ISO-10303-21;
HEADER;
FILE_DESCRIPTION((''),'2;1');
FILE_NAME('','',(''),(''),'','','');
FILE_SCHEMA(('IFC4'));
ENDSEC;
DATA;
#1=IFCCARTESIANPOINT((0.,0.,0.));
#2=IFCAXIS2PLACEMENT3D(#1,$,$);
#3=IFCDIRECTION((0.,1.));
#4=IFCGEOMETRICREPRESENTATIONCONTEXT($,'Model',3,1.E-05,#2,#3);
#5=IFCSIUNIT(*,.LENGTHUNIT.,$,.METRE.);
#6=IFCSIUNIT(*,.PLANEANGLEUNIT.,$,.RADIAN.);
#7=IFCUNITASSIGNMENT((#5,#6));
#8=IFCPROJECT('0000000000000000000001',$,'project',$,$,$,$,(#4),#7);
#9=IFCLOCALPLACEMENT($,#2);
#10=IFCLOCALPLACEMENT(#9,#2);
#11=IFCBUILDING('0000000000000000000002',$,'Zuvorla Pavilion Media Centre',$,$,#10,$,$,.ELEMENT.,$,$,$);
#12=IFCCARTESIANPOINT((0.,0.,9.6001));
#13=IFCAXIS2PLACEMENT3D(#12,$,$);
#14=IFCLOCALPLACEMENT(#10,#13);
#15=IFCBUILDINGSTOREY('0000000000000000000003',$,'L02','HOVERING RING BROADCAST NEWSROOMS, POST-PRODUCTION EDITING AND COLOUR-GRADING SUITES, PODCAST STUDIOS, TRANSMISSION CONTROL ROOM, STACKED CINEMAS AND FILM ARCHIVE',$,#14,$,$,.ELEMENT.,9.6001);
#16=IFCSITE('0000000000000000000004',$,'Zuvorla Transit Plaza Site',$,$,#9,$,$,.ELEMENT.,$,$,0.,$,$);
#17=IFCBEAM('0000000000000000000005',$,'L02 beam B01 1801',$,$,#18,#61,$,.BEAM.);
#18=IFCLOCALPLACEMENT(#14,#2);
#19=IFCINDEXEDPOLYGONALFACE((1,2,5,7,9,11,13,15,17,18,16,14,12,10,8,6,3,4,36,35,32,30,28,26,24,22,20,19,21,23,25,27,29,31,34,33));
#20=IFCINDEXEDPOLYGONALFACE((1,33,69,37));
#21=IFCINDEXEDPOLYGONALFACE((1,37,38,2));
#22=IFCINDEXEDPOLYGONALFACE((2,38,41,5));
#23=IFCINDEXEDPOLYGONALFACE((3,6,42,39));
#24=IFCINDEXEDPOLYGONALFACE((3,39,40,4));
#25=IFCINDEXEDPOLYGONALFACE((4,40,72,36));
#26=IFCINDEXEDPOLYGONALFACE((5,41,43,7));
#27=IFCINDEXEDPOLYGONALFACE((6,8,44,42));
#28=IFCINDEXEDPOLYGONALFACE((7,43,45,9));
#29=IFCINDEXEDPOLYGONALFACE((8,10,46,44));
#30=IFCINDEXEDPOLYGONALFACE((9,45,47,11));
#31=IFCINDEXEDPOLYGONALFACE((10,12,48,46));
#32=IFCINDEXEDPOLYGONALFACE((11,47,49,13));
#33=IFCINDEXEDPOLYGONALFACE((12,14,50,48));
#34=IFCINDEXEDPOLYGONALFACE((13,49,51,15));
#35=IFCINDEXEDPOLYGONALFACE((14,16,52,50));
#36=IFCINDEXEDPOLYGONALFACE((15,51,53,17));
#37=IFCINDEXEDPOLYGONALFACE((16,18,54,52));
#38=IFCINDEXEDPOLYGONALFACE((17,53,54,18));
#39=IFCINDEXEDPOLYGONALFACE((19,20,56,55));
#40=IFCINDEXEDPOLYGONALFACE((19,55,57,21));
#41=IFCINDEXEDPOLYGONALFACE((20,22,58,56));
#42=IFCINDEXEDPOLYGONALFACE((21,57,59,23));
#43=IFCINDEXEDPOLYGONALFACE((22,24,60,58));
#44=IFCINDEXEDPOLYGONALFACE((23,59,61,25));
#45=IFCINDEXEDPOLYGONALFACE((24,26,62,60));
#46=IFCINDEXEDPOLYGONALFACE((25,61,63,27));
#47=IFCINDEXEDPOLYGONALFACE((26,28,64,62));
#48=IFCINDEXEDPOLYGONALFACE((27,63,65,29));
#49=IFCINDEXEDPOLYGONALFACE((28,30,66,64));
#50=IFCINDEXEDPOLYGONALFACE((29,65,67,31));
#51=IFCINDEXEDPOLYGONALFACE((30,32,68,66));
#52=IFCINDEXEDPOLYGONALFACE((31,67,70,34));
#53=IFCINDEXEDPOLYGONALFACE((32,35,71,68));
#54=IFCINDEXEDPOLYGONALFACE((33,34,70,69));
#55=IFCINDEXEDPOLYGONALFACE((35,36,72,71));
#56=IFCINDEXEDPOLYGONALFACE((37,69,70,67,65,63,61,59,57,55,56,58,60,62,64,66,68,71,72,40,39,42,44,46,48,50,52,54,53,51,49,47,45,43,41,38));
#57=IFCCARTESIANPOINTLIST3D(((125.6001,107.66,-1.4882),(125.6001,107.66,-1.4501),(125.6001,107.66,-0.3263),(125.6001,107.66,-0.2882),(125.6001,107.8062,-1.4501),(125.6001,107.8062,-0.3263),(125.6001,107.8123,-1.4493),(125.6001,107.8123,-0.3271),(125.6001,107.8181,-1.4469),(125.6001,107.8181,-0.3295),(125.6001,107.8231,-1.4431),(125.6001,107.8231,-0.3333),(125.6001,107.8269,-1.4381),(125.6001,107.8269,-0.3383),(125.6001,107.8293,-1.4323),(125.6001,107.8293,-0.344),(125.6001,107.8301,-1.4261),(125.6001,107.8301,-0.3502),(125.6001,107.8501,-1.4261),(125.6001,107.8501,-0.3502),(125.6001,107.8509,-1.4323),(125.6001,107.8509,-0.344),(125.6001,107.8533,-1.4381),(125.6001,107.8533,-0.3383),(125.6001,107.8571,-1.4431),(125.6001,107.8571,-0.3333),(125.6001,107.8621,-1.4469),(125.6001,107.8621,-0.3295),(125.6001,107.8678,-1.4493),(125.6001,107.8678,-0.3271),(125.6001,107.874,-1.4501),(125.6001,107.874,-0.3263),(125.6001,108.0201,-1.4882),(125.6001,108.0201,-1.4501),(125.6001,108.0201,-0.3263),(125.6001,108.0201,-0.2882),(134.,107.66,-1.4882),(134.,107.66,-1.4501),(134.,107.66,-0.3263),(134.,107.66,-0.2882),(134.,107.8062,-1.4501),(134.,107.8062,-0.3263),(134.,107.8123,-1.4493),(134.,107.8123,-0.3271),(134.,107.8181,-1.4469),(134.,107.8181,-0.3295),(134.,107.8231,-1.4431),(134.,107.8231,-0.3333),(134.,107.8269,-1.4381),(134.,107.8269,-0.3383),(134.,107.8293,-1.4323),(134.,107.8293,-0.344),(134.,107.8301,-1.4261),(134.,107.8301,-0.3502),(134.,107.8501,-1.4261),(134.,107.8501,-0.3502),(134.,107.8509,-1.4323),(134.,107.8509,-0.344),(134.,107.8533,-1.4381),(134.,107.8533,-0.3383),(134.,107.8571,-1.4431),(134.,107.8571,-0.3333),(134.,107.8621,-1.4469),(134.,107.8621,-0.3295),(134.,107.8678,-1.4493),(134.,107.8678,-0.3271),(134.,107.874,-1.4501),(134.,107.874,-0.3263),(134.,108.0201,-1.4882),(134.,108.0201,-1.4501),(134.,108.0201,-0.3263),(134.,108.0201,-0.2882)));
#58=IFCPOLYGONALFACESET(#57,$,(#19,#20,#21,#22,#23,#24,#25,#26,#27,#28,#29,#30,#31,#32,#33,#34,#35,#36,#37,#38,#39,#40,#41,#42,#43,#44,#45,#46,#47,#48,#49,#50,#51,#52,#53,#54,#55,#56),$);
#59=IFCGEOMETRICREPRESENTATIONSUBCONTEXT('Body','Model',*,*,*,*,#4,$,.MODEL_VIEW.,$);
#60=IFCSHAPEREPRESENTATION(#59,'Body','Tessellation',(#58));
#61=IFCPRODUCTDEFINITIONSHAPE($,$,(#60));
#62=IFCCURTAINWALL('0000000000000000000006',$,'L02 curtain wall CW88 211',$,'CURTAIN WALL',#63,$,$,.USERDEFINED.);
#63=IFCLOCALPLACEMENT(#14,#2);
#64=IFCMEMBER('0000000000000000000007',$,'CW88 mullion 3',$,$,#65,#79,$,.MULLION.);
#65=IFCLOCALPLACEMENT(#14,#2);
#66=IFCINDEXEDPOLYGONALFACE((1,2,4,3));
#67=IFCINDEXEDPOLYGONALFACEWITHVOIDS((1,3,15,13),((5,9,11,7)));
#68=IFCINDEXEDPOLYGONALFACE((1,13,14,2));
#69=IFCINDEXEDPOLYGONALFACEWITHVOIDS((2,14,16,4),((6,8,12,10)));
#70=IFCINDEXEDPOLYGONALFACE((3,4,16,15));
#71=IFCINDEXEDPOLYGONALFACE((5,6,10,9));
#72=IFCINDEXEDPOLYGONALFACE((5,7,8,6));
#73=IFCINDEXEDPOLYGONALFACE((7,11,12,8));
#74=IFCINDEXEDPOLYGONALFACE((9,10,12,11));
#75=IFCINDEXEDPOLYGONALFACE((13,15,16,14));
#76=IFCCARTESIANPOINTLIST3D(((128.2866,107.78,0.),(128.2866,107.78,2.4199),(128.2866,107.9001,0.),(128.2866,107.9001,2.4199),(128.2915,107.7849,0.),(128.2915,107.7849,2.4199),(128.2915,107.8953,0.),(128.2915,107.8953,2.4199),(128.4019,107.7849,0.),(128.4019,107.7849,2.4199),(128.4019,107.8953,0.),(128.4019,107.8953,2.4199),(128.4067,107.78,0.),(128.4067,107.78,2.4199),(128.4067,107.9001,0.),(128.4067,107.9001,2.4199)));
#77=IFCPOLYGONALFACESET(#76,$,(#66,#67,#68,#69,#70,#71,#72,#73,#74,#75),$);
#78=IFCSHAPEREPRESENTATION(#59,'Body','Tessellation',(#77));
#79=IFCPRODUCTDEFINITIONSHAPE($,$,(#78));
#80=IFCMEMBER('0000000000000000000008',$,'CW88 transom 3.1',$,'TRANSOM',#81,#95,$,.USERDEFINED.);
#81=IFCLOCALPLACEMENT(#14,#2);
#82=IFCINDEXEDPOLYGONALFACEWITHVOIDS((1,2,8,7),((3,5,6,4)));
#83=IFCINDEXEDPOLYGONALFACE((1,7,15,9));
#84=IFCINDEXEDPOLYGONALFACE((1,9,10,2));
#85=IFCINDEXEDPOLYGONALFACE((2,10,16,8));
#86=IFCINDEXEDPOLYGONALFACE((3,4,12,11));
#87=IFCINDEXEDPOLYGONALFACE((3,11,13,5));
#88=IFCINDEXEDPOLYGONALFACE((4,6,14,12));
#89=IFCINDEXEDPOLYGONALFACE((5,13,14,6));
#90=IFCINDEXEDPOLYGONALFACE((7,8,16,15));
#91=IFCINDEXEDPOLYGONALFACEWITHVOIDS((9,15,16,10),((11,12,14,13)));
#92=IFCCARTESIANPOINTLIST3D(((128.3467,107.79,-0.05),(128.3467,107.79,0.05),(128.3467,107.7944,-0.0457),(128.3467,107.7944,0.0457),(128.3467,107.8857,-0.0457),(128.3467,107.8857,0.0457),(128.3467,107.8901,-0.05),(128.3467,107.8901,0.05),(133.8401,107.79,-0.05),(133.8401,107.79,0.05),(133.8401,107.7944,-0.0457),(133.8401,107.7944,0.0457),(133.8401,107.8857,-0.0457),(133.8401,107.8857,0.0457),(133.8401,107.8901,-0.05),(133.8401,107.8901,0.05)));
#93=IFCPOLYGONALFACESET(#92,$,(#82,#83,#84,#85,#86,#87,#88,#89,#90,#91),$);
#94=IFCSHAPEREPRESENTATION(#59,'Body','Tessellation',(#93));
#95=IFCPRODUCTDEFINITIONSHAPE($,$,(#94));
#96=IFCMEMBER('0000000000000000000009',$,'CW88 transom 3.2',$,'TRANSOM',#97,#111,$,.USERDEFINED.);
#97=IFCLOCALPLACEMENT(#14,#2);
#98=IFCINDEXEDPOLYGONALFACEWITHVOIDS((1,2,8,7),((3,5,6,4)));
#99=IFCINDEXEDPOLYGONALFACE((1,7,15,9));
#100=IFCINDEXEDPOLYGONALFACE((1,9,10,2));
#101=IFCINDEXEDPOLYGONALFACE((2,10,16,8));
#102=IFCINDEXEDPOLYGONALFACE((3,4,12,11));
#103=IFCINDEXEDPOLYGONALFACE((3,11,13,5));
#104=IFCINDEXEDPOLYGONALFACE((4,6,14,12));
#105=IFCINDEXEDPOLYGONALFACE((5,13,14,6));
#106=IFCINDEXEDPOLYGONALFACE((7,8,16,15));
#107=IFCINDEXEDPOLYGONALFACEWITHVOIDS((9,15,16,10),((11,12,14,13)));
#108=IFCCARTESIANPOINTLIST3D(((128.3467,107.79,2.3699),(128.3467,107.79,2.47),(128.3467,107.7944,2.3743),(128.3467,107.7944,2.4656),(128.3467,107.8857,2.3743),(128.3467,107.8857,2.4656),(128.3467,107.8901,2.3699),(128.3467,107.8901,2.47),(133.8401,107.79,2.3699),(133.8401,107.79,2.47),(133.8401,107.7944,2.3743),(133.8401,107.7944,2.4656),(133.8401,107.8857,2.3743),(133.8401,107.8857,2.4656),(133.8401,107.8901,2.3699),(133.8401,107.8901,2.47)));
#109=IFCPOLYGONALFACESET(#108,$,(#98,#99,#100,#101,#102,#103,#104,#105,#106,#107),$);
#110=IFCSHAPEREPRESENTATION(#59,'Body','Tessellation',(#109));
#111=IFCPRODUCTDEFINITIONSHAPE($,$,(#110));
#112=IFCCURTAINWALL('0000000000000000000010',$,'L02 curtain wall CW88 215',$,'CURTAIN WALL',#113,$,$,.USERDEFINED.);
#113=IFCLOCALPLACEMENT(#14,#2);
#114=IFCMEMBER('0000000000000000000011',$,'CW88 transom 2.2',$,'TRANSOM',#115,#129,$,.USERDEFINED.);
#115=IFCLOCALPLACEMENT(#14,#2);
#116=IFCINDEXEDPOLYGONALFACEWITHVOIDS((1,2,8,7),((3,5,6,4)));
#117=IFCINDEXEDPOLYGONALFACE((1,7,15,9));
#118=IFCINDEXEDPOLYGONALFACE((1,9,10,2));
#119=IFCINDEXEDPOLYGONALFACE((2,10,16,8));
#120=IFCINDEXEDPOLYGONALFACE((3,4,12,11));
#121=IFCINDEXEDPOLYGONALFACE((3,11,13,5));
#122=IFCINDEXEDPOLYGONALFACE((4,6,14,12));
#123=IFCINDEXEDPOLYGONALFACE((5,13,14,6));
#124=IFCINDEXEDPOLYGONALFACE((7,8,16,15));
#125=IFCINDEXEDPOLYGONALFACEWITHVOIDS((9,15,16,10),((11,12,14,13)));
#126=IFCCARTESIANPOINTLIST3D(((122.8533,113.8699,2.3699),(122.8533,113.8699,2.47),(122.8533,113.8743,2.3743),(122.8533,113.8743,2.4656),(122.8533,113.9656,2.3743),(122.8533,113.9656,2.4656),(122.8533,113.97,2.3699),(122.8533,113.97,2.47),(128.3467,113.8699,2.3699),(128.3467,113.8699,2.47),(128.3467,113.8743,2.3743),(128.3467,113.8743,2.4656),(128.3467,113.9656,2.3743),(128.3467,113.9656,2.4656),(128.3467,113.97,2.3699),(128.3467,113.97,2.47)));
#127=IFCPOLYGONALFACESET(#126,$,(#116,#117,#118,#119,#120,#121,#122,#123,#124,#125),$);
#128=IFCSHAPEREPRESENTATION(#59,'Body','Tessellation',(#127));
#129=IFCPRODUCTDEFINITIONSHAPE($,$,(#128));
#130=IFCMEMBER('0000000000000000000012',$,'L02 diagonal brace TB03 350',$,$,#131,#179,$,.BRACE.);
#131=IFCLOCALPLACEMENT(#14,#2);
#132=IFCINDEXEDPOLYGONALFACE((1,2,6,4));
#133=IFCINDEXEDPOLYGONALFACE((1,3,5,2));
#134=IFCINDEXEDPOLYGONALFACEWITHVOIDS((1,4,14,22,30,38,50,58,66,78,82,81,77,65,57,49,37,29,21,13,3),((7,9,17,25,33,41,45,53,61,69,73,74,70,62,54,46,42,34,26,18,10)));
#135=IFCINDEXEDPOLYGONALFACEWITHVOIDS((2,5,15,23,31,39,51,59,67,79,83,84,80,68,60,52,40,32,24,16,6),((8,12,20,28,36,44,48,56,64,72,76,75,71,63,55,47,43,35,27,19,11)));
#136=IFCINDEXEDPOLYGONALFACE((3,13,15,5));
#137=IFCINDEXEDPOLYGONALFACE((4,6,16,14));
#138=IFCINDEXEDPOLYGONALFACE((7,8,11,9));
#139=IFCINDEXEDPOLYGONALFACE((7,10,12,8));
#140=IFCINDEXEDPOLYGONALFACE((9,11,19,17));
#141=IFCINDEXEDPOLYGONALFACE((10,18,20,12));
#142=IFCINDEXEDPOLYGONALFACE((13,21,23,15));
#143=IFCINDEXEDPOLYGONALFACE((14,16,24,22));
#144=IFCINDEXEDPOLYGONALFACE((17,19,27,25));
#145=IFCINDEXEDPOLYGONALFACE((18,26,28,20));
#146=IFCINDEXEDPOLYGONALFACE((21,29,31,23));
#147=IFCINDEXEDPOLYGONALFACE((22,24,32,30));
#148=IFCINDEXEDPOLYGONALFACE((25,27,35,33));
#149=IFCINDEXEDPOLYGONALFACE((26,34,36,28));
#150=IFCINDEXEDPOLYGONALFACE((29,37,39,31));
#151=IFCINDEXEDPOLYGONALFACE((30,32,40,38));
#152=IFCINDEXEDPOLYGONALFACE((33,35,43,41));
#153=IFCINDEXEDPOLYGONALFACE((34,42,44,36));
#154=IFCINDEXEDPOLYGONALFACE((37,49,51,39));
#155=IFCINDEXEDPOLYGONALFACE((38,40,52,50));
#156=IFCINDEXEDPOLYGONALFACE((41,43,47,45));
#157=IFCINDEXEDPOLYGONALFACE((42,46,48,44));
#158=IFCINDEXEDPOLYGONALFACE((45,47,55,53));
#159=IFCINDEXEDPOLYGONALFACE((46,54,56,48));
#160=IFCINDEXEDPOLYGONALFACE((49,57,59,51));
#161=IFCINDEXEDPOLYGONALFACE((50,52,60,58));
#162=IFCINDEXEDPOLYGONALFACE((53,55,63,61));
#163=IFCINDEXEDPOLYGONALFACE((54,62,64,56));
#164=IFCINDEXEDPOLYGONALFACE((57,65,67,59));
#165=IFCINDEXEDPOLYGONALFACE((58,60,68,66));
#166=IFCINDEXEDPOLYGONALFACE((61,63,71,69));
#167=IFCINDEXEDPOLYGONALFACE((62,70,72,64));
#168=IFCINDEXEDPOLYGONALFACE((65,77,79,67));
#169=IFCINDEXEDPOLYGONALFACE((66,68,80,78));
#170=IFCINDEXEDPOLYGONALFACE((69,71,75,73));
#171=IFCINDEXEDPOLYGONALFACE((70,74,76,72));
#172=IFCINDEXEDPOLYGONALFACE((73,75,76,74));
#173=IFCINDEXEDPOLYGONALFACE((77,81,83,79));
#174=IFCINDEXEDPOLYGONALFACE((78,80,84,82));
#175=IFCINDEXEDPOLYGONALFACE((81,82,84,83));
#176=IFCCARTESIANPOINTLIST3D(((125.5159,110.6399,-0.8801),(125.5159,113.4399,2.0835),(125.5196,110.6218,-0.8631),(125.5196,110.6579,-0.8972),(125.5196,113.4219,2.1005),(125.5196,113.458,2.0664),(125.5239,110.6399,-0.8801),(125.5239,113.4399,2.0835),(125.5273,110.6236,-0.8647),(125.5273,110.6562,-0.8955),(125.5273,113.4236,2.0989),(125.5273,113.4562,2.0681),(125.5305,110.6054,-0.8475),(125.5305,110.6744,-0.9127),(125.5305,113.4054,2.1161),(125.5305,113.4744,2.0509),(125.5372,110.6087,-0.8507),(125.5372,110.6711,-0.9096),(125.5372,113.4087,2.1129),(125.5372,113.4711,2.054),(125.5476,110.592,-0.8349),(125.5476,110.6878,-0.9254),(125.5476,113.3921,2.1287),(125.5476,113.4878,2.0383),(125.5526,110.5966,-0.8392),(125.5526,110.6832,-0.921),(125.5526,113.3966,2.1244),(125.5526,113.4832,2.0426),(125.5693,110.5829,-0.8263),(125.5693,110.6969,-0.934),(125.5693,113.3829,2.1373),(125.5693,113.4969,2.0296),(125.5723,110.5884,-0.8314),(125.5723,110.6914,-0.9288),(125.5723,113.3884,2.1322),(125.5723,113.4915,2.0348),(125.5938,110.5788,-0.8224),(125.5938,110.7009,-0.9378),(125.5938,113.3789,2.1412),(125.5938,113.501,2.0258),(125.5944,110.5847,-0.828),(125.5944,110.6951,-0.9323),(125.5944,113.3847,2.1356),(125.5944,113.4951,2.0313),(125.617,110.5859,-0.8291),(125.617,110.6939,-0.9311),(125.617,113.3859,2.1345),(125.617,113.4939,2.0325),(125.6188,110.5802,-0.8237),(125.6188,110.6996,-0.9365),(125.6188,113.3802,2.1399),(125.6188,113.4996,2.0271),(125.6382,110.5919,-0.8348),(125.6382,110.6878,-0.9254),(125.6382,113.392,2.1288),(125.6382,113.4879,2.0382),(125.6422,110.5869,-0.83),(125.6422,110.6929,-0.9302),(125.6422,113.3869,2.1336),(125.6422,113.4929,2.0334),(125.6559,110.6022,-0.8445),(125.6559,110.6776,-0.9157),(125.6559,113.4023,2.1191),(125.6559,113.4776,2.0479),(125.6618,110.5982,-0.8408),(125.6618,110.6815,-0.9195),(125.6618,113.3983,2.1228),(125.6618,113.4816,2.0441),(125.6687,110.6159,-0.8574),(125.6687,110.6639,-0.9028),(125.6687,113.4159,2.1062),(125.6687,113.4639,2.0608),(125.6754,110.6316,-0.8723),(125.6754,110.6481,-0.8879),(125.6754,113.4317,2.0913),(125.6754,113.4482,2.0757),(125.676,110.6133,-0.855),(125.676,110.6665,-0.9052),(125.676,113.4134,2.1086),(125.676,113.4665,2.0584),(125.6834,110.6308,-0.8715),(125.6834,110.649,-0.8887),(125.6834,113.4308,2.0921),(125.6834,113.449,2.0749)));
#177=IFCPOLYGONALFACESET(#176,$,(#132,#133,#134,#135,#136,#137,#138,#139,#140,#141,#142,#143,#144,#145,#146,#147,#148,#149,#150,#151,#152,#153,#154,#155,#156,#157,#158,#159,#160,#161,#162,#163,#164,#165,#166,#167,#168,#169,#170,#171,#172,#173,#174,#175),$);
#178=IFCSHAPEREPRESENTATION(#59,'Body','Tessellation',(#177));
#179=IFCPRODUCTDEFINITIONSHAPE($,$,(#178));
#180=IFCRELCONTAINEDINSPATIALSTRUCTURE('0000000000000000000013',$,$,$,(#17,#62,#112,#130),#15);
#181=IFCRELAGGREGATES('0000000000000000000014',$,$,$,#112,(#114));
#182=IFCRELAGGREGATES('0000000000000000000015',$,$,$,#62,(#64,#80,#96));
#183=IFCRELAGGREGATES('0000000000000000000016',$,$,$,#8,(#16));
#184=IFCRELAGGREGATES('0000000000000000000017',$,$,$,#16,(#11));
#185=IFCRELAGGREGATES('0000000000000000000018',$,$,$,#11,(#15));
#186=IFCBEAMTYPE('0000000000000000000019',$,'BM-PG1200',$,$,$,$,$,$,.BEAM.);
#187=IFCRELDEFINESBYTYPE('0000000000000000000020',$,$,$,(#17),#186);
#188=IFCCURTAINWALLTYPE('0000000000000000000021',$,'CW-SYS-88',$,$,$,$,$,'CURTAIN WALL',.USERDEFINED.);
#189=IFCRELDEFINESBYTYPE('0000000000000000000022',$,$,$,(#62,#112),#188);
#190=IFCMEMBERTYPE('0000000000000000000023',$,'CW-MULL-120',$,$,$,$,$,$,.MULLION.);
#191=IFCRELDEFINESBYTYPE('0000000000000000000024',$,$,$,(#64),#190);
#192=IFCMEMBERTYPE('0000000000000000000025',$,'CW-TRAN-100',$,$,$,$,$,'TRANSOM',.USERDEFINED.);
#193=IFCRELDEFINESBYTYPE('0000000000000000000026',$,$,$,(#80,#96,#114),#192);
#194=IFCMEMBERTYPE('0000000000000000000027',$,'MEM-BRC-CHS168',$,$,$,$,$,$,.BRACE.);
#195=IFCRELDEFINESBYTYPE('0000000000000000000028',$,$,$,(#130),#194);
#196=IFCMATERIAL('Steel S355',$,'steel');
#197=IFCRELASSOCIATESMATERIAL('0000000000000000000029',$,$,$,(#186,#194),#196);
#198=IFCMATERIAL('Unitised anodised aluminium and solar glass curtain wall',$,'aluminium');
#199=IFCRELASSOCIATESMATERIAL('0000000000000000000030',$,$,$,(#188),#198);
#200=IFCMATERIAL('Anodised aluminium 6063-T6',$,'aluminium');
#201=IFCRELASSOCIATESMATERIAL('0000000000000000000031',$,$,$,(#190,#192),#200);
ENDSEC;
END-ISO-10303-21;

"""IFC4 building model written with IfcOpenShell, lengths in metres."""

from ifc_helpers import new_model, si_unit, direction, frame, origin, origin_2d, place, context, subcontext, project, spatial, hollow_rectangle, hollow_circle, i_section, extrude, material, material_profile, profile_set, type_object, element, aggregate, save


model = new_model("IFC4")

# Units and contexts
model_context = context("Model", 3, precision=1e-05, world=origin(), true_north=direction((0.0, 1.0)))
body_context = subcontext(model_context, "Body", "Model", "MODEL_VIEW")
ifc_project = project(units=[si_unit("LENGTHUNIT", "METRE"), si_unit("PLANEANGLEUNIT", "RADIAN")], contexts=[model_context])

# Site, building, storey
site_placement = place(None, origin())
site = spatial("IfcSite", under=ifc_project, at=site_placement, Name="Zuvorla Transit Plaza Site", CompositionType="ELEMENT", RefElevation=0.0)
building_placement = place(site_placement, origin())
building = spatial("IfcBuilding", under=site, at=building_placement, Name="Zuvorla Pavilion Media Centre", CompositionType="ELEMENT")
storey_placement = place(building_placement, frame((0.0, 0.0, 9.6001)))
storey = spatial("IfcBuildingStorey", under=building, at=storey_placement, Name="L02", Description="HOVERING RING BROADCAST NEWSROOMS, POST-PRODUCTION EDITING AND COLOUR-GRADING SUITES, PODCAST STUDIOS, TRANSMISSION CONTROL ROOM, STACKED CINEMAS AND FILM ARCHIVE", CompositionType="ELEMENT", Elevation=9.6001)

# Beam
ifc_material_1 = material(Name="Steel S355", Category="steel")
ifc_material_profile_1 = material_profile(ifc_material_1, i_section(OverallWidth=0.3601, OverallDepth=1.2, WebThickness=0.02, FlangeThickness=0.0381, FilletRadius=0.0239, at=origin_2d()), Name="PG 1200x360x38")
ifc_profile_set_1 = profile_set([ifc_material_profile_1], Name="Steel S355")
beam_type = type_object("IfcBeamType", Name="BM-PG1200", PredefinedType="BEAM", material=ifc_profile_set_1)
beam_placement = place(storey_placement, frame((125.6001, 107.8401, -0.8882), z_axis=(1.0, 0.0, 0.0), x_axis=(0.0, 1.0, 0.0)))
element("IfcBeam", 1, at=beam_placement, inside=storey, type_object=beam_type, Name="L02 beam B01 1801", PredefinedType="BEAM", context=body_context, shape_type="SweptSolid", body=[
    extrude(i_section(OverallWidth=0.3601, OverallDepth=1.2, WebThickness=0.02, FlangeThickness=0.0381, FilletRadius=0.0239, at=origin_2d()), origin(), (0.0, 0.0, 1.0), 8.3999),
])

# Curtain wall, members
ifc_material_2 = material(Name="Unitised anodised aluminium and solar glass curtain wall", Category="aluminium")
curtain_wall_type = type_object("IfcCurtainWallType", Name="CW-SYS-88", ElementType="CURTAIN WALL", PredefinedType="USERDEFINED", material=ifc_material_2)
curtain_wall_1_placement = place(storey_placement, origin())
curtain_wall_1 = element("IfcCurtainWall", 2, at=curtain_wall_1_placement, inside=storey, type_object=curtain_wall_type, Name="L02 curtain wall CW88 211", ObjectType="CURTAIN WALL", PredefinedType="USERDEFINED")
ifc_material_3 = material(Name="Anodised aluminium 6063-T6", Category="aluminium")
ifc_material_profile_2 = material_profile(ifc_material_3, hollow_rectangle(XDim=0.1201, YDim=0.1201, WallThickness=0.0049, at=origin_2d()), Name="ALU MULL 120x120")
ifc_profile_set_2 = profile_set([ifc_material_profile_2], Name="Anodised aluminium 6063-T6")
member_type_1 = type_object("IfcMemberType", Name="CW-MULL-120", PredefinedType="MULLION", material=ifc_profile_set_2)
member_1_placement = place(storey_placement, frame((128.3467, 107.8401, 0.0), z_axis=(0.0, 0.0, 1.0), x_axis=(1.0, 0.0, 0.0)))
member_1 = element("IfcMember", 3, at=member_1_placement, type_object=member_type_1, Name="CW88 mullion 3", PredefinedType="MULLION", context=body_context, shape_type="SweptSolid", body=[
    extrude(hollow_rectangle(XDim=0.1201, YDim=0.1201, WallThickness=0.0049, at=origin_2d()), origin(), (0.0, 0.0, 1.0), 2.4199),
])
ifc_material_profile_3 = material_profile(ifc_material_3, hollow_rectangle(XDim=0.1001, YDim=0.1001, WallThickness=0.0044, at=origin_2d()), Name="ALU TRAN 100x100")
ifc_profile_set_3 = profile_set([ifc_material_profile_3], Name="Anodised aluminium 6063-T6")
member_type_2 = type_object("IfcMemberType", Name="CW-TRAN-100", ElementType="TRANSOM", PredefinedType="USERDEFINED", material=ifc_profile_set_3)
member_2_placement = place(storey_placement, frame((128.3467, 107.8401, 0.0), z_axis=(1.0, 0.0, 0.0), x_axis=(0.0, 1.0, 0.0)))
member_2 = element("IfcMember", 4, at=member_2_placement, type_object=member_type_2, Name="CW88 transom 3.1", ObjectType="TRANSOM", PredefinedType="USERDEFINED", context=body_context, shape_type="SweptSolid", body=[
    extrude(hollow_rectangle(XDim=0.1001, YDim=0.1001, WallThickness=0.0044, at=origin_2d()), origin(), (0.0, 0.0, 1.0), 5.4934),
])
member_3_placement = place(storey_placement, frame((128.3467, 107.8401, 2.4199), z_axis=(1.0, 0.0, 0.0), x_axis=(0.0, 1.0, 0.0)))
member_3 = element("IfcMember", 5, at=member_3_placement, type_object=member_type_2, Name="CW88 transom 3.2", ObjectType="TRANSOM", PredefinedType="USERDEFINED", context=body_context, shape_type="SweptSolid", body=[
    extrude(hollow_rectangle(XDim=0.1001, YDim=0.1001, WallThickness=0.0044, at=origin_2d()), origin(), (0.0, 0.0, 1.0), 5.4934),
])

# Curtain wall, member
curtain_wall_2_placement = place(storey_placement, origin())
curtain_wall_2 = element("IfcCurtainWall", 6, at=curtain_wall_2_placement, inside=storey, type_object=curtain_wall_type, Name="L02 curtain wall CW88 215", ObjectType="CURTAIN WALL", PredefinedType="USERDEFINED")
member_4_placement = place(storey_placement, frame((122.8533, 113.9199, 2.4199), z_axis=(1.0, 0.0, 0.0), x_axis=(0.0, 1.0, 0.0)))
member_4 = element("IfcMember", 7, at=member_4_placement, type_object=member_type_2, Name="CW88 transom 2.2", ObjectType="TRANSOM", PredefinedType="USERDEFINED", context=body_context, shape_type="SweptSolid", body=[
    extrude(hollow_rectangle(XDim=0.1001, YDim=0.1001, WallThickness=0.0044, at=origin_2d()), origin(), (0.0, 0.0, 1.0), 5.4934),
])
aggregate(curtain_wall_2, [member_4])

# Member
ifc_material_profile_4 = material_profile(ifc_material_1, hollow_circle(Radius=0.0842, WallThickness=0.0081, at=origin_2d()), Name="CHS 168.3x8")
ifc_profile_set_4 = profile_set([ifc_material_profile_4], Name="Steel S355")
member_type_3 = type_object("IfcMemberType", Name="MEM-BRC-CHS168", PredefinedType="BRACE", material=ifc_profile_set_4)
member_5_placement = place(storey_placement, frame((125.6001, 110.6399, -0.8801), z_axis=(0.0, 0.686762, 0.726882), x_axis=(-1.0, 0.0, 0.0)))
element("IfcMember", 8, at=member_5_placement, inside=storey, type_object=member_type_3, Name="L02 diagonal brace TB03 350", PredefinedType="BRACE", context=body_context, shape_type="SweptSolid", body=[
    extrude(hollow_circle(Radius=0.0842, WallThickness=0.0081, at=origin_2d()), origin(), (0.0, 0.0, 1.0), 4.0771),
])

aggregate(curtain_wall_1, [member_1, member_2, member_3])

save(model, "model.ifc")
